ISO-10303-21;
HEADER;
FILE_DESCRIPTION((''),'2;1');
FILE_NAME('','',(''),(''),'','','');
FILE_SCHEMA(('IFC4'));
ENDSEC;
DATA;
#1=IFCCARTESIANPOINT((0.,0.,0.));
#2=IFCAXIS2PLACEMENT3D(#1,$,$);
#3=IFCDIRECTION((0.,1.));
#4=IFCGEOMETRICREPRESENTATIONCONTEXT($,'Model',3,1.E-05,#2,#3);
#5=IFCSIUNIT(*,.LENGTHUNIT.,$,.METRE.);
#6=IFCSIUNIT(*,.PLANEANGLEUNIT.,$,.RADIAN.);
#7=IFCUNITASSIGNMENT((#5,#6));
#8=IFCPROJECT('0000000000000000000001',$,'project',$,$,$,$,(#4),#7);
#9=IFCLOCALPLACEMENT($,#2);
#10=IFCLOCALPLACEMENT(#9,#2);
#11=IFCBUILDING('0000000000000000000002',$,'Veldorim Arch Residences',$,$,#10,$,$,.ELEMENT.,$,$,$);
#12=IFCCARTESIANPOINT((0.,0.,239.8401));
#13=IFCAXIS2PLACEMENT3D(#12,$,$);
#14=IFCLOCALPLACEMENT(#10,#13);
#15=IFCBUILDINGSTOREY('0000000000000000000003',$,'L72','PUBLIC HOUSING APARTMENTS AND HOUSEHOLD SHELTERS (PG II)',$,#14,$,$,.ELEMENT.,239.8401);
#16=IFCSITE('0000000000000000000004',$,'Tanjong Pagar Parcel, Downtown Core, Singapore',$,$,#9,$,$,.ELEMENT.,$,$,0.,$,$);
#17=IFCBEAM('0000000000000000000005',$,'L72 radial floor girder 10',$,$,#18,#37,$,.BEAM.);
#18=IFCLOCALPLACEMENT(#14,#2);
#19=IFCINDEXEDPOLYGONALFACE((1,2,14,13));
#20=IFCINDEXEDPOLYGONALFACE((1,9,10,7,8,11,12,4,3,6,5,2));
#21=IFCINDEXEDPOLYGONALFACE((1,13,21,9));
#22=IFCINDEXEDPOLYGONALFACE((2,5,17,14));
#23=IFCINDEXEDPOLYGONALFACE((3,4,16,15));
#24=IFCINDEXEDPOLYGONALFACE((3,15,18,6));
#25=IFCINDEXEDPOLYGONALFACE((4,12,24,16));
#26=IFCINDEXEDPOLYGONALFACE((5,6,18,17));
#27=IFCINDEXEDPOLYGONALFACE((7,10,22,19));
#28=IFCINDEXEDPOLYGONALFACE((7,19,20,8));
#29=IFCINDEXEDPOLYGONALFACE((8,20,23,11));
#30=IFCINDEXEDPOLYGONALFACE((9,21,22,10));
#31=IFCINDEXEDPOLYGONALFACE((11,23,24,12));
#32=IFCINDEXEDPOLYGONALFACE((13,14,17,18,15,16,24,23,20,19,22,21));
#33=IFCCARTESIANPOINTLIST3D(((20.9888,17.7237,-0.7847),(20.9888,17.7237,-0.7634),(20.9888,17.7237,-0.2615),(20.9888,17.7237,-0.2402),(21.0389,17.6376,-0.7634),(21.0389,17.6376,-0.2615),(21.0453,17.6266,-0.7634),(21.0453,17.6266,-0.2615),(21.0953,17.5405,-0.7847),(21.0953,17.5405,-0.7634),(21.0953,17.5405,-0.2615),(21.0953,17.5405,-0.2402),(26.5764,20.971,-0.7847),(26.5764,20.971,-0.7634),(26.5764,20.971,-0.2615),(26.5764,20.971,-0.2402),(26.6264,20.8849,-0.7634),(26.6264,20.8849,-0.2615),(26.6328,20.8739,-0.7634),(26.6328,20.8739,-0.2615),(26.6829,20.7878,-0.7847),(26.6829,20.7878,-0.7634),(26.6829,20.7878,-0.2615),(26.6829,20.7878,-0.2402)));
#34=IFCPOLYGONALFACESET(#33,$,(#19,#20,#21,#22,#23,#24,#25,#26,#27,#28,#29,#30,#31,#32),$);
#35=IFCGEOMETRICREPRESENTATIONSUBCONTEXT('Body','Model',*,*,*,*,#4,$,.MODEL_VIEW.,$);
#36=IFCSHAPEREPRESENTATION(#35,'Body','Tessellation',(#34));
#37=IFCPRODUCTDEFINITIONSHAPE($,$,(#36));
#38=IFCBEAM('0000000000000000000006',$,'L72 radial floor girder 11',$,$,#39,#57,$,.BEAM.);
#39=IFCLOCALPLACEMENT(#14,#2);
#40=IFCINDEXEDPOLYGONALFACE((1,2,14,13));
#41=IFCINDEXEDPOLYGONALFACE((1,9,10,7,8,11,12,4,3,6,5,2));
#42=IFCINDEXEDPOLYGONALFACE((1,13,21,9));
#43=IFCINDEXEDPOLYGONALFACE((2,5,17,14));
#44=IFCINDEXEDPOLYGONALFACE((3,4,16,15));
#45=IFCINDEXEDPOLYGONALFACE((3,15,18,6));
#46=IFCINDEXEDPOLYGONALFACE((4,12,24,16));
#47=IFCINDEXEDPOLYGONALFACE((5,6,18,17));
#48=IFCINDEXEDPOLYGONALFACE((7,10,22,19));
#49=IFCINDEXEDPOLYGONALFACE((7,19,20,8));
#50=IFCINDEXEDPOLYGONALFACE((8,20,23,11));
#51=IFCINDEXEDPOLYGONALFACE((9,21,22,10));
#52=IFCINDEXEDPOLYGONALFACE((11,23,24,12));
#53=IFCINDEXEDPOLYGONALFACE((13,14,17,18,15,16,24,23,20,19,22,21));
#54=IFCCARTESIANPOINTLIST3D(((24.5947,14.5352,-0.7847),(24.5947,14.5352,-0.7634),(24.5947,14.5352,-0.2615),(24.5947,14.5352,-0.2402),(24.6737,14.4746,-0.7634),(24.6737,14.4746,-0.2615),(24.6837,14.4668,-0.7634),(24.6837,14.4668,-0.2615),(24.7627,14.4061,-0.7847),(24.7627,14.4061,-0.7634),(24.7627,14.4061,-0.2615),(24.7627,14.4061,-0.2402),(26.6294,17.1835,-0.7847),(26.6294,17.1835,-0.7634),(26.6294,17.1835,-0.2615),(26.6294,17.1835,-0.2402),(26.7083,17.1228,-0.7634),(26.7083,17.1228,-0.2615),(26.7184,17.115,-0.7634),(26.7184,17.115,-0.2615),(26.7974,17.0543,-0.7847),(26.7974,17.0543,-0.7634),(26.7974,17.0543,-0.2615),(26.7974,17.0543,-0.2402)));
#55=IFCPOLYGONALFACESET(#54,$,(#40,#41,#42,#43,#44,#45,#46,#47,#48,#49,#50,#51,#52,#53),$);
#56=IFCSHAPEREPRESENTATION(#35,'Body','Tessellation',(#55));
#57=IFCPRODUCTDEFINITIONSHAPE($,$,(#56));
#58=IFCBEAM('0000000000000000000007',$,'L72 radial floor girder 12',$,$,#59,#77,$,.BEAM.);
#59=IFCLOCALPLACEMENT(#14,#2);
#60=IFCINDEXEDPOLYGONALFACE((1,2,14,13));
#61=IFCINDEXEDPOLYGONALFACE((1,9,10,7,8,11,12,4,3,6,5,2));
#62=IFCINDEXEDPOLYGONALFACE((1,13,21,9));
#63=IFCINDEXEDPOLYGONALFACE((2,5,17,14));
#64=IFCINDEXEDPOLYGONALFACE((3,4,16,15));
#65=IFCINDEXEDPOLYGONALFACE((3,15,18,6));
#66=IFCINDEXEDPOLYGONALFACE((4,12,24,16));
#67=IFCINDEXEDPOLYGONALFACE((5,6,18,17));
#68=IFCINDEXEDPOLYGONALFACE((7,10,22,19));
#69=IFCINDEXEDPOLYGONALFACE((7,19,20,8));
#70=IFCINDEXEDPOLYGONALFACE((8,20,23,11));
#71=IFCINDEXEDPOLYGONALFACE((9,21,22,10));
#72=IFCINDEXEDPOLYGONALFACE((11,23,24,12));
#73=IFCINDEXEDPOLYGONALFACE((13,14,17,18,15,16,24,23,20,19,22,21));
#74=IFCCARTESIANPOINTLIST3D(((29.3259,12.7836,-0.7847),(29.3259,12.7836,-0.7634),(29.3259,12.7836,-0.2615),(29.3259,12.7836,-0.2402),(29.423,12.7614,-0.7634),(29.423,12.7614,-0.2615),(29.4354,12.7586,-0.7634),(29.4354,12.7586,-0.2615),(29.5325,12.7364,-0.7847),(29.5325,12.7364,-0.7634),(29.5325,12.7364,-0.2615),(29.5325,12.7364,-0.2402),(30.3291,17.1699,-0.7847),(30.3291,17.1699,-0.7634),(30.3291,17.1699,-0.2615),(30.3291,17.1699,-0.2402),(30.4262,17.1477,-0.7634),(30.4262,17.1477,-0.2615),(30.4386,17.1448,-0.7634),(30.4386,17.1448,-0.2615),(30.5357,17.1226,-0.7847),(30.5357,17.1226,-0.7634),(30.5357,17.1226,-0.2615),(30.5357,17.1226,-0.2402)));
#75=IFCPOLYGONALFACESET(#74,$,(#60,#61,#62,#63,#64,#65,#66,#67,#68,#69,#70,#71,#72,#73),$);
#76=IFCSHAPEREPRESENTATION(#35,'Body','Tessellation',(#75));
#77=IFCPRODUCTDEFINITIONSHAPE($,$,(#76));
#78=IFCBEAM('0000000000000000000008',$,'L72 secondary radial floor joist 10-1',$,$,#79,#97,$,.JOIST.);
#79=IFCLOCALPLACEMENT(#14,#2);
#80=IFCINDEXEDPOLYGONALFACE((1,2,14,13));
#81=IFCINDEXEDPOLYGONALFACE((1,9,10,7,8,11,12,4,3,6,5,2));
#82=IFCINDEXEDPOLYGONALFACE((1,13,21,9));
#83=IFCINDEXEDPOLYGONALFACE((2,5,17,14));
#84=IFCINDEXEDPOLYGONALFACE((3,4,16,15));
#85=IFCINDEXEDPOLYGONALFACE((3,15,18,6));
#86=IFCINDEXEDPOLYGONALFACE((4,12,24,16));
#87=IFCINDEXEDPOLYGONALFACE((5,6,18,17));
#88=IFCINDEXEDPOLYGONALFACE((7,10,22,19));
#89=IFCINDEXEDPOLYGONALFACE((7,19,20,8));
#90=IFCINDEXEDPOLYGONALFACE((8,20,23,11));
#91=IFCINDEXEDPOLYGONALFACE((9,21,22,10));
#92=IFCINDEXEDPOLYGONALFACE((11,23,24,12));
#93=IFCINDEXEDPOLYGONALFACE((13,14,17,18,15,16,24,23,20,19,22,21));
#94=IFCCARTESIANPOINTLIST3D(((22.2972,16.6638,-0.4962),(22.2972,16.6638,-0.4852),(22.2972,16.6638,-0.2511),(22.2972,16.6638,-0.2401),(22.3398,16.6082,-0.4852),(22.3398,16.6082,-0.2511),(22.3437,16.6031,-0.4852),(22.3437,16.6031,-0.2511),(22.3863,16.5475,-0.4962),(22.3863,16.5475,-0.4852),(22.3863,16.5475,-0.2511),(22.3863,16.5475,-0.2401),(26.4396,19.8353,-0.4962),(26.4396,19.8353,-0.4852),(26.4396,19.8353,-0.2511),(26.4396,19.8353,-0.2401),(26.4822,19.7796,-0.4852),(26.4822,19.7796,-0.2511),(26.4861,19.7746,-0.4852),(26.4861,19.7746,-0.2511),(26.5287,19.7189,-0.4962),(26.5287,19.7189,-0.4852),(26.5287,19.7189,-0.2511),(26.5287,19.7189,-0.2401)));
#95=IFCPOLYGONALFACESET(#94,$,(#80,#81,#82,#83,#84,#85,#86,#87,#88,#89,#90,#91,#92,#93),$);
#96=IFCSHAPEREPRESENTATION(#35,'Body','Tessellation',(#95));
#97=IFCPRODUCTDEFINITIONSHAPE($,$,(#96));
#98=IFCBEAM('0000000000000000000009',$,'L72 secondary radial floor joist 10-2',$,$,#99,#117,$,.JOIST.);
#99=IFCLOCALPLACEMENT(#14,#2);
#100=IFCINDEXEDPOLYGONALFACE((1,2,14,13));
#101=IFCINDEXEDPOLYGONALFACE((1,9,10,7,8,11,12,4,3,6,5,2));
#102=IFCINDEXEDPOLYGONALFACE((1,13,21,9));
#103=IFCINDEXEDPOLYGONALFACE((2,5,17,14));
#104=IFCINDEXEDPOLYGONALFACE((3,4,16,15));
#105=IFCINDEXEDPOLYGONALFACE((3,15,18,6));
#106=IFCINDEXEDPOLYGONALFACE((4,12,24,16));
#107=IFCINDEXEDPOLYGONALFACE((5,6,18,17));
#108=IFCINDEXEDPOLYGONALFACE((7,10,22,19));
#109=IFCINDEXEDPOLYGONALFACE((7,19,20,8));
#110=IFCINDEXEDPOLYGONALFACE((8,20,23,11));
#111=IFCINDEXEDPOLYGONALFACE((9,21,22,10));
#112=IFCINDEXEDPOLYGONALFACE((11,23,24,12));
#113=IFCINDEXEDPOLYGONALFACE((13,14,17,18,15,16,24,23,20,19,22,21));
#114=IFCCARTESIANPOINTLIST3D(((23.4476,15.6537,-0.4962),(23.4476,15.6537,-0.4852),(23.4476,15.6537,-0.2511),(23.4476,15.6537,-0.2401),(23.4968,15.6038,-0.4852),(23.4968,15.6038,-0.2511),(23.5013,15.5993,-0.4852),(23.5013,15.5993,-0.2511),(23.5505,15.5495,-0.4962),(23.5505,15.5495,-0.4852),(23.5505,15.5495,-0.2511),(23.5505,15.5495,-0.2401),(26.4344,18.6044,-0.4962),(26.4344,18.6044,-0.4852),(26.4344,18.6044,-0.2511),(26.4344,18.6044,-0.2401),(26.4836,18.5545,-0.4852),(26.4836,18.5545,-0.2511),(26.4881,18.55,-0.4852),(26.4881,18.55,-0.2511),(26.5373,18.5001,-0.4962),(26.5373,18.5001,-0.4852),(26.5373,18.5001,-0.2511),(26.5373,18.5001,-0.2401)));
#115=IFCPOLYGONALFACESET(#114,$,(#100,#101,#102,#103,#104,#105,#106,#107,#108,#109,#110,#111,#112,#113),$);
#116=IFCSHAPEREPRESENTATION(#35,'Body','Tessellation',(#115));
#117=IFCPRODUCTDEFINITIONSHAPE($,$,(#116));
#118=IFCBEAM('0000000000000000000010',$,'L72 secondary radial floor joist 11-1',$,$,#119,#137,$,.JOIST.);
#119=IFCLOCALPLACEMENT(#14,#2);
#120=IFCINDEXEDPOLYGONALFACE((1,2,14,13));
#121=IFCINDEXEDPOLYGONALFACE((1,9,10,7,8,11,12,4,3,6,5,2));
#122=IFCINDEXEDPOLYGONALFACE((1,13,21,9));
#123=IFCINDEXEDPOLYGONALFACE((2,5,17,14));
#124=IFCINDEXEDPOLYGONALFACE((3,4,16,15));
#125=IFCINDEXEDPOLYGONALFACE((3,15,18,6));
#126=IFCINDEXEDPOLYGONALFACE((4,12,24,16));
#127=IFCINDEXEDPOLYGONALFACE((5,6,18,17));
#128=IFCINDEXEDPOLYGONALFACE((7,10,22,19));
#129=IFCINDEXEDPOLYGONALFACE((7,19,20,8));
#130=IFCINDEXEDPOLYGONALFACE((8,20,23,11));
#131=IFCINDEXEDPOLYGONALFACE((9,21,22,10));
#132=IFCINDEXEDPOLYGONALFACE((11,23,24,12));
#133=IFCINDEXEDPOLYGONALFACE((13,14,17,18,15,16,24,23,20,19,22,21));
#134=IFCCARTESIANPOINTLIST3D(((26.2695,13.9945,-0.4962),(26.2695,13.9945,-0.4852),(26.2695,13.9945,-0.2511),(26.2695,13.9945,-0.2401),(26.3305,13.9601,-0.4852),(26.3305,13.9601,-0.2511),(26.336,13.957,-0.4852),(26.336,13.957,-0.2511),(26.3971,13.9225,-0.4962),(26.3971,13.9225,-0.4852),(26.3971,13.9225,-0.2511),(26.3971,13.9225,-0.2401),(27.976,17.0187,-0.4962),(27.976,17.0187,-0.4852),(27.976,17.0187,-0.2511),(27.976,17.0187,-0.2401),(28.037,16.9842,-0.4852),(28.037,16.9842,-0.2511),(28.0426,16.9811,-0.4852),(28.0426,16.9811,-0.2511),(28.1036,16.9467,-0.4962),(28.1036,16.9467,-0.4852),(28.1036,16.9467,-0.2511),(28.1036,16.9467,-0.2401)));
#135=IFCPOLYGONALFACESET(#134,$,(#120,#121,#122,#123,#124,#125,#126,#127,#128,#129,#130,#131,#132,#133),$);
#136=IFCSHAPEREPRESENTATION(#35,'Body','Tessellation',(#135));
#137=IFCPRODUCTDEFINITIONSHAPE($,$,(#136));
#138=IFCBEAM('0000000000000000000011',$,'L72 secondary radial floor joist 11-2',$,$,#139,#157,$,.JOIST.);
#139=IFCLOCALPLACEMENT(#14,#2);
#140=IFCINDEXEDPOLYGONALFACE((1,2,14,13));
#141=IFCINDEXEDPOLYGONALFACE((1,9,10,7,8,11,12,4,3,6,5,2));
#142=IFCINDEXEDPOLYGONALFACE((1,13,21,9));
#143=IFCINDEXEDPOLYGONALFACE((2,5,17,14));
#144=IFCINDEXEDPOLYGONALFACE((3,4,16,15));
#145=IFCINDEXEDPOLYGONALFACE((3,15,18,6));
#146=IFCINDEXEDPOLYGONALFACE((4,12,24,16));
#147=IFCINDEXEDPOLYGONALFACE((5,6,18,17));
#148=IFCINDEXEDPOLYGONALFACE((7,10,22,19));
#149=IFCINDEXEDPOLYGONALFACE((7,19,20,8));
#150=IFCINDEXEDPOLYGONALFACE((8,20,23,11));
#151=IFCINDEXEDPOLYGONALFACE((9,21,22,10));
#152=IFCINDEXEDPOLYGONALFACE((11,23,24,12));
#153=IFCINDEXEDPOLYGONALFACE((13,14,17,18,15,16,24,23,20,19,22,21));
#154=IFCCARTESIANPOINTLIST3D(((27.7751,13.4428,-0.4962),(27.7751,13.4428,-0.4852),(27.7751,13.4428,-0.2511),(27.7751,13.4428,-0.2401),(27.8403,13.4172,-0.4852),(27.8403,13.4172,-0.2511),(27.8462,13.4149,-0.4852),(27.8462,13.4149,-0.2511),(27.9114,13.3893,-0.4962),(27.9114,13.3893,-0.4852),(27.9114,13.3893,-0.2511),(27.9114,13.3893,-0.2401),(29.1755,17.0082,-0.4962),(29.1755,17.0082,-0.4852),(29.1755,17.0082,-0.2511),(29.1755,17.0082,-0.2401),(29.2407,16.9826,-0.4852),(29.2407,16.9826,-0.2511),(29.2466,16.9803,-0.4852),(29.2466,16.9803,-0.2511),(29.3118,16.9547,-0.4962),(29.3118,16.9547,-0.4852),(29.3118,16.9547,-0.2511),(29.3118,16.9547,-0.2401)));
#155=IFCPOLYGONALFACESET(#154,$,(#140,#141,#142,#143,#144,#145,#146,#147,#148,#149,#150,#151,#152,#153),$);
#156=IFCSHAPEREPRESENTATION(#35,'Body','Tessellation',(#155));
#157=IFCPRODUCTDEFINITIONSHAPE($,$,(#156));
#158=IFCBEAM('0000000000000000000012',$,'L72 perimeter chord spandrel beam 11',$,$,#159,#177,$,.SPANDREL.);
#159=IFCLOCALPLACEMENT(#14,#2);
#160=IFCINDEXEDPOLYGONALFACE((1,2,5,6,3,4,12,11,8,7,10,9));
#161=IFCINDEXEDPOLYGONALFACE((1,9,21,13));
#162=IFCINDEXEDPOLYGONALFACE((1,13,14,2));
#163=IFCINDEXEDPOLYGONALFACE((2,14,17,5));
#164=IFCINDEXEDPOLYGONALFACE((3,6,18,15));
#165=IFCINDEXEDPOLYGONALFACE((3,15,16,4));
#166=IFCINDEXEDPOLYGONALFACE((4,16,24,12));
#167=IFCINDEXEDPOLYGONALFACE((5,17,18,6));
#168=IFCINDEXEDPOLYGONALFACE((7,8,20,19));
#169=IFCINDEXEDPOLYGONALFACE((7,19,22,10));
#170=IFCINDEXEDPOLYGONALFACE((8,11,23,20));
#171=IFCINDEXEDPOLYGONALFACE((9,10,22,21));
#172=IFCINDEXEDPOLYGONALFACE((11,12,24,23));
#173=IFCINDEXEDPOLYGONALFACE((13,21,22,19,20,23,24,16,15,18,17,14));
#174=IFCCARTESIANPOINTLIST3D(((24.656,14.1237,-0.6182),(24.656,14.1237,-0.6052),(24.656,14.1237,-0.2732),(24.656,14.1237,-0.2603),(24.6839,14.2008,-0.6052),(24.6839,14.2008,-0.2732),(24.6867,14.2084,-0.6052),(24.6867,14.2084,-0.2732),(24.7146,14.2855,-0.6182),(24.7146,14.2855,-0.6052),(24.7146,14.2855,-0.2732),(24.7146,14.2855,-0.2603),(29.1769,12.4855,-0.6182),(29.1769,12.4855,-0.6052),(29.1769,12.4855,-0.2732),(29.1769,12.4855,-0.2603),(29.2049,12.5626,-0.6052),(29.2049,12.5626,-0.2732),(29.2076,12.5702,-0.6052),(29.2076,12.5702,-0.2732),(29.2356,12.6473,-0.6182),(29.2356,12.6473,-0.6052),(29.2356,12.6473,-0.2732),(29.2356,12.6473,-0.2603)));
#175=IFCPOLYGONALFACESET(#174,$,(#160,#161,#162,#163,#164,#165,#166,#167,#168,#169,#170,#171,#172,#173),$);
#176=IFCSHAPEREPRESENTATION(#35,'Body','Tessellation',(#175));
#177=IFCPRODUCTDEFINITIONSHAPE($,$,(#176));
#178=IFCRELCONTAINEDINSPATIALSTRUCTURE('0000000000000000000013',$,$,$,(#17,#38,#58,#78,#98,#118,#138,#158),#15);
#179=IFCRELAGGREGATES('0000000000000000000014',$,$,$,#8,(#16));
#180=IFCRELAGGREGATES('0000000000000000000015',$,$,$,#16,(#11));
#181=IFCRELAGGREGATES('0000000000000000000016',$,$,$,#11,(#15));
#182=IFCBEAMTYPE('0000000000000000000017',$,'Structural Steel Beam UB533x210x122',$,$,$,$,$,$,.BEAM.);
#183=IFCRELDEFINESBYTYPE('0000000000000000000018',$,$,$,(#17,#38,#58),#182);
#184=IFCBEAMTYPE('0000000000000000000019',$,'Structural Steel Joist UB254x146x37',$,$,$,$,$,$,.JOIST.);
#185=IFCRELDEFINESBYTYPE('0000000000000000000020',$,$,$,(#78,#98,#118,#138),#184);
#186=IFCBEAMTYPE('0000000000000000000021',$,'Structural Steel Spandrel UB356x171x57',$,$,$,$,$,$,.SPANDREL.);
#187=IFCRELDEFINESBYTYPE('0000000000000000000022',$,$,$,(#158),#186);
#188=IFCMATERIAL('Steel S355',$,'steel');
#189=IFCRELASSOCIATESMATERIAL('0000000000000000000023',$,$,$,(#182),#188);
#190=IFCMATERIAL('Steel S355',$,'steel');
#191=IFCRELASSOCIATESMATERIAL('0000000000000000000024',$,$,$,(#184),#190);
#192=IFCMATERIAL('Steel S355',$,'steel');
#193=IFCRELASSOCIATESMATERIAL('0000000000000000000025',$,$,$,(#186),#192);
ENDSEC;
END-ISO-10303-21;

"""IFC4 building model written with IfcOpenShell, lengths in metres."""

from ifc_helpers import new_model, si_unit, direction, frame, origin, origin_2d, place, context, subcontext, project, spatial, i_section, extrude, material, material_profile, profile_set, type_object, element, save


model = new_model("IFC4")

# Units and contexts
model_context = context("Model", 3, precision=1e-05, world=origin(), true_north=direction((0.0, 1.0)))
body_context = subcontext(model_context, "Body", "Model", "MODEL_VIEW")
ifc_project = project(units=[si_unit("LENGTHUNIT", "METRE"), si_unit("PLANEANGLEUNIT", "RADIAN")], contexts=[model_context])

# Site, building, storey
site_placement = place(None, origin())
site = spatial("IfcSite", under=ifc_project, at=site_placement, Name="Tanjong Pagar Parcel, Downtown Core, Singapore", CompositionType="ELEMENT", RefElevation=0.0)
building_placement = place(site_placement, origin())
building = spatial("IfcBuilding", under=site, at=building_placement, Name="Veldorim Arch Residences", CompositionType="ELEMENT")
storey_placement = place(building_placement, frame((0.0, 0.0, 239.8401)))
storey = spatial("IfcBuildingStorey", under=building, at=storey_placement, Name="L72", Description="PUBLIC HOUSING APARTMENTS AND HOUSEHOLD SHELTERS (PG II)", CompositionType="ELEMENT", Elevation=239.8401)

# Beams
ifc_material_1 = material(Name="Steel S355", Category="steel")
ifc_material_profile_1 = material_profile(ifc_material_1, i_section(OverallWidth=0.2119, OverallDepth=0.5444, WebThickness=0.0127, FlangeThickness=0.0212, at=origin_2d()), Name="UB533x210x122")
ifc_profile_set_1 = profile_set([ifc_material_profile_1], Name="Steel S355")
beam_type_1 = type_object("IfcBeamType", Name="Structural Steel Beam UB533x210x122", PredefinedType="BEAM", material=ifc_profile_set_1)
beam_1_placement = place(storey_placement, frame((26.6296, 20.8794, -0.5125), z_axis=(-0.864596, -0.502468, 0.0), x_axis=(0.502468, -0.864596, 0.0)))
element("IfcBeam", 1, at=beam_1_placement, inside=storey, type_object=beam_type_1, Name="L72 radial floor girder 10", PredefinedType="BEAM", context=body_context, shape_type="SweptSolid", body=[
    extrude(i_section(OverallWidth=0.2119, OverallDepth=0.5444, WebThickness=0.0127, FlangeThickness=0.0212, at=origin_2d()), origin(), (0.0, 0.0, 1.0), 6.4626),
])
beam_2_placement = place(storey_placement, frame((26.7134, 17.1189, -0.5125), z_axis=(-0.609258, -0.792972, 0.0), x_axis=(0.792972, -0.609258, 0.0)))
element("IfcBeam", 2, at=beam_2_placement, inside=storey, type_object=beam_type_1, Name="L72 radial floor girder 11", PredefinedType="BEAM", context=body_context, shape_type="SweptSolid", body=[
    extrude(i_section(OverallWidth=0.2119, OverallDepth=0.5444, WebThickness=0.0127, FlangeThickness=0.0212, at=origin_2d()), origin(), (0.0, 0.0, 1.0), 3.3396),
])
beam_3_placement = place(storey_placement, frame((30.4324, 17.1462, -0.5125), z_axis=(-0.222953, -0.974829, 0.0), x_axis=(0.974829, -0.222953, 0.0)))
element("IfcBeam", 3, at=beam_3_placement, inside=storey, type_object=beam_type_1, Name="L72 radial floor girder 12", PredefinedType="BEAM", context=body_context, shape_type="SweptSolid", body=[
    extrude(i_section(OverallWidth=0.2119, OverallDepth=0.5444, WebThickness=0.0127, FlangeThickness=0.0212, at=origin_2d()), origin(), (0.0, 0.0, 1.0), 4.4995),
])
ifc_material_2 = material(Name="Steel S355", Category="steel")
ifc_material_profile_2 = material_profile(ifc_material_2, i_section(OverallWidth=0.1465, OverallDepth=0.2561, WebThickness=0.0063, FlangeThickness=0.011, at=origin_2d()), Name="UB254x146x37")
ifc_profile_set_2 = profile_set([ifc_material_profile_2], Name="Steel S355")
beam_type_2 = type_object("IfcBeamType", Name="Structural Steel Joist UB254x146x37", PredefinedType="JOIST", material=ifc_profile_set_2)
beam_4_placement = place(storey_placement, frame((26.4841, 19.7771, -0.3682), z_axis=(-0.794014, -0.6079, 0.0), x_axis=(0.6079, -0.794014, 0.0)))
element("IfcBeam", 4, at=beam_4_placement, inside=storey, type_object=beam_type_2, Name="L72 secondary radial floor joist 10-1", PredefinedType="JOIST", context=body_context, shape_type="SweptSolid", body=[
    extrude(i_section(OverallWidth=0.1465, OverallDepth=0.2561, WebThickness=0.0063, FlangeThickness=0.011, at=origin_2d()), origin(), (0.0, 0.0, 1.0), 5.217),
])
beam_5_placement = place(storey_placement, frame((26.4858, 18.5522, -0.3682), z_axis=(-0.711397, -0.702791, 0.0), x_axis=(0.702791, -0.711397, 0.0)))
element("IfcBeam", 5, at=beam_5_placement, inside=storey, type_object=beam_type_2, Name="L72 secondary radial floor joist 10-2", PredefinedType="JOIST", context=body_context, shape_type="SweptSolid", body=[
    extrude(i_section(OverallWidth=0.1465, OverallDepth=0.2561, WebThickness=0.0063, FlangeThickness=0.011, at=origin_2d()), origin(), (0.0, 0.0, 1.0), 4.1985),
])
beam_6_placement = place(storey_placement, frame((28.0398, 16.9827, -0.3682), z_axis=(-0.491452, -0.870904, 0.0), x_axis=(0.870904, -0.491452, 0.0)))
element("IfcBeam", 6, at=beam_6_placement, inside=storey, type_object=beam_type_2, Name="L72 secondary radial floor joist 11-1", PredefinedType="JOIST", context=body_context, shape_type="SweptSolid", body=[
    extrude(i_section(OverallWidth=0.1465, OverallDepth=0.2561, WebThickness=0.0063, FlangeThickness=0.011, at=origin_2d()), origin(), (0.0, 0.0, 1.0), 3.4724),
])
beam_7_placement = place(storey_placement, frame((29.2437, 16.9814, -0.3682), z_axis=(-0.365581, -0.930779, 0.0), x_axis=(0.930779, -0.365581, 0.0)))
element("IfcBeam", 7, at=beam_7_placement, inside=storey, type_object=beam_type_2, Name="L72 secondary radial floor joist 11-2", PredefinedType="JOIST", context=body_context, shape_type="SweptSolid", body=[
    extrude(i_section(OverallWidth=0.1465, OverallDepth=0.2561, WebThickness=0.0063, FlangeThickness=0.011, at=origin_2d()), origin(), (0.0, 0.0, 1.0), 3.8306),
])
ifc_material_3 = material(Name="Steel S355", Category="steel")
ifc_material_profile_3 = material_profile(ifc_material_3, i_section(OverallWidth=0.1721, OverallDepth=0.3579, WebThickness=0.0081, FlangeThickness=0.0129, at=origin_2d()), Name="UB356x171x57")
ifc_profile_set_3 = profile_set([ifc_material_profile_3], Name="Steel S355")
beam_type_3 = type_object("IfcBeamType", Name="Structural Steel Spandrel UB356x171x57", PredefinedType="SPANDREL", material=ifc_profile_set_3)
beam_8_placement = place(storey_placement, frame((24.6853, 14.2046, -0.4392), z_axis=(0.940181, -0.340675, 0.0), x_axis=(0.340675, 0.940181, 0.0)))
element("IfcBeam", 8, at=beam_8_placement, inside=storey, type_object=beam_type_3, Name="L72 perimeter chord spandrel beam 11", PredefinedType="SPANDREL", context=body_context, shape_type="SweptSolid", body=[
    extrude(i_section(OverallWidth=0.1721, OverallDepth=0.3579, WebThickness=0.0081, FlangeThickness=0.0129, at=origin_2d()), origin(), (0.0, 0.0, 1.0), 4.8086),
])

save(model, "model.ifc")
